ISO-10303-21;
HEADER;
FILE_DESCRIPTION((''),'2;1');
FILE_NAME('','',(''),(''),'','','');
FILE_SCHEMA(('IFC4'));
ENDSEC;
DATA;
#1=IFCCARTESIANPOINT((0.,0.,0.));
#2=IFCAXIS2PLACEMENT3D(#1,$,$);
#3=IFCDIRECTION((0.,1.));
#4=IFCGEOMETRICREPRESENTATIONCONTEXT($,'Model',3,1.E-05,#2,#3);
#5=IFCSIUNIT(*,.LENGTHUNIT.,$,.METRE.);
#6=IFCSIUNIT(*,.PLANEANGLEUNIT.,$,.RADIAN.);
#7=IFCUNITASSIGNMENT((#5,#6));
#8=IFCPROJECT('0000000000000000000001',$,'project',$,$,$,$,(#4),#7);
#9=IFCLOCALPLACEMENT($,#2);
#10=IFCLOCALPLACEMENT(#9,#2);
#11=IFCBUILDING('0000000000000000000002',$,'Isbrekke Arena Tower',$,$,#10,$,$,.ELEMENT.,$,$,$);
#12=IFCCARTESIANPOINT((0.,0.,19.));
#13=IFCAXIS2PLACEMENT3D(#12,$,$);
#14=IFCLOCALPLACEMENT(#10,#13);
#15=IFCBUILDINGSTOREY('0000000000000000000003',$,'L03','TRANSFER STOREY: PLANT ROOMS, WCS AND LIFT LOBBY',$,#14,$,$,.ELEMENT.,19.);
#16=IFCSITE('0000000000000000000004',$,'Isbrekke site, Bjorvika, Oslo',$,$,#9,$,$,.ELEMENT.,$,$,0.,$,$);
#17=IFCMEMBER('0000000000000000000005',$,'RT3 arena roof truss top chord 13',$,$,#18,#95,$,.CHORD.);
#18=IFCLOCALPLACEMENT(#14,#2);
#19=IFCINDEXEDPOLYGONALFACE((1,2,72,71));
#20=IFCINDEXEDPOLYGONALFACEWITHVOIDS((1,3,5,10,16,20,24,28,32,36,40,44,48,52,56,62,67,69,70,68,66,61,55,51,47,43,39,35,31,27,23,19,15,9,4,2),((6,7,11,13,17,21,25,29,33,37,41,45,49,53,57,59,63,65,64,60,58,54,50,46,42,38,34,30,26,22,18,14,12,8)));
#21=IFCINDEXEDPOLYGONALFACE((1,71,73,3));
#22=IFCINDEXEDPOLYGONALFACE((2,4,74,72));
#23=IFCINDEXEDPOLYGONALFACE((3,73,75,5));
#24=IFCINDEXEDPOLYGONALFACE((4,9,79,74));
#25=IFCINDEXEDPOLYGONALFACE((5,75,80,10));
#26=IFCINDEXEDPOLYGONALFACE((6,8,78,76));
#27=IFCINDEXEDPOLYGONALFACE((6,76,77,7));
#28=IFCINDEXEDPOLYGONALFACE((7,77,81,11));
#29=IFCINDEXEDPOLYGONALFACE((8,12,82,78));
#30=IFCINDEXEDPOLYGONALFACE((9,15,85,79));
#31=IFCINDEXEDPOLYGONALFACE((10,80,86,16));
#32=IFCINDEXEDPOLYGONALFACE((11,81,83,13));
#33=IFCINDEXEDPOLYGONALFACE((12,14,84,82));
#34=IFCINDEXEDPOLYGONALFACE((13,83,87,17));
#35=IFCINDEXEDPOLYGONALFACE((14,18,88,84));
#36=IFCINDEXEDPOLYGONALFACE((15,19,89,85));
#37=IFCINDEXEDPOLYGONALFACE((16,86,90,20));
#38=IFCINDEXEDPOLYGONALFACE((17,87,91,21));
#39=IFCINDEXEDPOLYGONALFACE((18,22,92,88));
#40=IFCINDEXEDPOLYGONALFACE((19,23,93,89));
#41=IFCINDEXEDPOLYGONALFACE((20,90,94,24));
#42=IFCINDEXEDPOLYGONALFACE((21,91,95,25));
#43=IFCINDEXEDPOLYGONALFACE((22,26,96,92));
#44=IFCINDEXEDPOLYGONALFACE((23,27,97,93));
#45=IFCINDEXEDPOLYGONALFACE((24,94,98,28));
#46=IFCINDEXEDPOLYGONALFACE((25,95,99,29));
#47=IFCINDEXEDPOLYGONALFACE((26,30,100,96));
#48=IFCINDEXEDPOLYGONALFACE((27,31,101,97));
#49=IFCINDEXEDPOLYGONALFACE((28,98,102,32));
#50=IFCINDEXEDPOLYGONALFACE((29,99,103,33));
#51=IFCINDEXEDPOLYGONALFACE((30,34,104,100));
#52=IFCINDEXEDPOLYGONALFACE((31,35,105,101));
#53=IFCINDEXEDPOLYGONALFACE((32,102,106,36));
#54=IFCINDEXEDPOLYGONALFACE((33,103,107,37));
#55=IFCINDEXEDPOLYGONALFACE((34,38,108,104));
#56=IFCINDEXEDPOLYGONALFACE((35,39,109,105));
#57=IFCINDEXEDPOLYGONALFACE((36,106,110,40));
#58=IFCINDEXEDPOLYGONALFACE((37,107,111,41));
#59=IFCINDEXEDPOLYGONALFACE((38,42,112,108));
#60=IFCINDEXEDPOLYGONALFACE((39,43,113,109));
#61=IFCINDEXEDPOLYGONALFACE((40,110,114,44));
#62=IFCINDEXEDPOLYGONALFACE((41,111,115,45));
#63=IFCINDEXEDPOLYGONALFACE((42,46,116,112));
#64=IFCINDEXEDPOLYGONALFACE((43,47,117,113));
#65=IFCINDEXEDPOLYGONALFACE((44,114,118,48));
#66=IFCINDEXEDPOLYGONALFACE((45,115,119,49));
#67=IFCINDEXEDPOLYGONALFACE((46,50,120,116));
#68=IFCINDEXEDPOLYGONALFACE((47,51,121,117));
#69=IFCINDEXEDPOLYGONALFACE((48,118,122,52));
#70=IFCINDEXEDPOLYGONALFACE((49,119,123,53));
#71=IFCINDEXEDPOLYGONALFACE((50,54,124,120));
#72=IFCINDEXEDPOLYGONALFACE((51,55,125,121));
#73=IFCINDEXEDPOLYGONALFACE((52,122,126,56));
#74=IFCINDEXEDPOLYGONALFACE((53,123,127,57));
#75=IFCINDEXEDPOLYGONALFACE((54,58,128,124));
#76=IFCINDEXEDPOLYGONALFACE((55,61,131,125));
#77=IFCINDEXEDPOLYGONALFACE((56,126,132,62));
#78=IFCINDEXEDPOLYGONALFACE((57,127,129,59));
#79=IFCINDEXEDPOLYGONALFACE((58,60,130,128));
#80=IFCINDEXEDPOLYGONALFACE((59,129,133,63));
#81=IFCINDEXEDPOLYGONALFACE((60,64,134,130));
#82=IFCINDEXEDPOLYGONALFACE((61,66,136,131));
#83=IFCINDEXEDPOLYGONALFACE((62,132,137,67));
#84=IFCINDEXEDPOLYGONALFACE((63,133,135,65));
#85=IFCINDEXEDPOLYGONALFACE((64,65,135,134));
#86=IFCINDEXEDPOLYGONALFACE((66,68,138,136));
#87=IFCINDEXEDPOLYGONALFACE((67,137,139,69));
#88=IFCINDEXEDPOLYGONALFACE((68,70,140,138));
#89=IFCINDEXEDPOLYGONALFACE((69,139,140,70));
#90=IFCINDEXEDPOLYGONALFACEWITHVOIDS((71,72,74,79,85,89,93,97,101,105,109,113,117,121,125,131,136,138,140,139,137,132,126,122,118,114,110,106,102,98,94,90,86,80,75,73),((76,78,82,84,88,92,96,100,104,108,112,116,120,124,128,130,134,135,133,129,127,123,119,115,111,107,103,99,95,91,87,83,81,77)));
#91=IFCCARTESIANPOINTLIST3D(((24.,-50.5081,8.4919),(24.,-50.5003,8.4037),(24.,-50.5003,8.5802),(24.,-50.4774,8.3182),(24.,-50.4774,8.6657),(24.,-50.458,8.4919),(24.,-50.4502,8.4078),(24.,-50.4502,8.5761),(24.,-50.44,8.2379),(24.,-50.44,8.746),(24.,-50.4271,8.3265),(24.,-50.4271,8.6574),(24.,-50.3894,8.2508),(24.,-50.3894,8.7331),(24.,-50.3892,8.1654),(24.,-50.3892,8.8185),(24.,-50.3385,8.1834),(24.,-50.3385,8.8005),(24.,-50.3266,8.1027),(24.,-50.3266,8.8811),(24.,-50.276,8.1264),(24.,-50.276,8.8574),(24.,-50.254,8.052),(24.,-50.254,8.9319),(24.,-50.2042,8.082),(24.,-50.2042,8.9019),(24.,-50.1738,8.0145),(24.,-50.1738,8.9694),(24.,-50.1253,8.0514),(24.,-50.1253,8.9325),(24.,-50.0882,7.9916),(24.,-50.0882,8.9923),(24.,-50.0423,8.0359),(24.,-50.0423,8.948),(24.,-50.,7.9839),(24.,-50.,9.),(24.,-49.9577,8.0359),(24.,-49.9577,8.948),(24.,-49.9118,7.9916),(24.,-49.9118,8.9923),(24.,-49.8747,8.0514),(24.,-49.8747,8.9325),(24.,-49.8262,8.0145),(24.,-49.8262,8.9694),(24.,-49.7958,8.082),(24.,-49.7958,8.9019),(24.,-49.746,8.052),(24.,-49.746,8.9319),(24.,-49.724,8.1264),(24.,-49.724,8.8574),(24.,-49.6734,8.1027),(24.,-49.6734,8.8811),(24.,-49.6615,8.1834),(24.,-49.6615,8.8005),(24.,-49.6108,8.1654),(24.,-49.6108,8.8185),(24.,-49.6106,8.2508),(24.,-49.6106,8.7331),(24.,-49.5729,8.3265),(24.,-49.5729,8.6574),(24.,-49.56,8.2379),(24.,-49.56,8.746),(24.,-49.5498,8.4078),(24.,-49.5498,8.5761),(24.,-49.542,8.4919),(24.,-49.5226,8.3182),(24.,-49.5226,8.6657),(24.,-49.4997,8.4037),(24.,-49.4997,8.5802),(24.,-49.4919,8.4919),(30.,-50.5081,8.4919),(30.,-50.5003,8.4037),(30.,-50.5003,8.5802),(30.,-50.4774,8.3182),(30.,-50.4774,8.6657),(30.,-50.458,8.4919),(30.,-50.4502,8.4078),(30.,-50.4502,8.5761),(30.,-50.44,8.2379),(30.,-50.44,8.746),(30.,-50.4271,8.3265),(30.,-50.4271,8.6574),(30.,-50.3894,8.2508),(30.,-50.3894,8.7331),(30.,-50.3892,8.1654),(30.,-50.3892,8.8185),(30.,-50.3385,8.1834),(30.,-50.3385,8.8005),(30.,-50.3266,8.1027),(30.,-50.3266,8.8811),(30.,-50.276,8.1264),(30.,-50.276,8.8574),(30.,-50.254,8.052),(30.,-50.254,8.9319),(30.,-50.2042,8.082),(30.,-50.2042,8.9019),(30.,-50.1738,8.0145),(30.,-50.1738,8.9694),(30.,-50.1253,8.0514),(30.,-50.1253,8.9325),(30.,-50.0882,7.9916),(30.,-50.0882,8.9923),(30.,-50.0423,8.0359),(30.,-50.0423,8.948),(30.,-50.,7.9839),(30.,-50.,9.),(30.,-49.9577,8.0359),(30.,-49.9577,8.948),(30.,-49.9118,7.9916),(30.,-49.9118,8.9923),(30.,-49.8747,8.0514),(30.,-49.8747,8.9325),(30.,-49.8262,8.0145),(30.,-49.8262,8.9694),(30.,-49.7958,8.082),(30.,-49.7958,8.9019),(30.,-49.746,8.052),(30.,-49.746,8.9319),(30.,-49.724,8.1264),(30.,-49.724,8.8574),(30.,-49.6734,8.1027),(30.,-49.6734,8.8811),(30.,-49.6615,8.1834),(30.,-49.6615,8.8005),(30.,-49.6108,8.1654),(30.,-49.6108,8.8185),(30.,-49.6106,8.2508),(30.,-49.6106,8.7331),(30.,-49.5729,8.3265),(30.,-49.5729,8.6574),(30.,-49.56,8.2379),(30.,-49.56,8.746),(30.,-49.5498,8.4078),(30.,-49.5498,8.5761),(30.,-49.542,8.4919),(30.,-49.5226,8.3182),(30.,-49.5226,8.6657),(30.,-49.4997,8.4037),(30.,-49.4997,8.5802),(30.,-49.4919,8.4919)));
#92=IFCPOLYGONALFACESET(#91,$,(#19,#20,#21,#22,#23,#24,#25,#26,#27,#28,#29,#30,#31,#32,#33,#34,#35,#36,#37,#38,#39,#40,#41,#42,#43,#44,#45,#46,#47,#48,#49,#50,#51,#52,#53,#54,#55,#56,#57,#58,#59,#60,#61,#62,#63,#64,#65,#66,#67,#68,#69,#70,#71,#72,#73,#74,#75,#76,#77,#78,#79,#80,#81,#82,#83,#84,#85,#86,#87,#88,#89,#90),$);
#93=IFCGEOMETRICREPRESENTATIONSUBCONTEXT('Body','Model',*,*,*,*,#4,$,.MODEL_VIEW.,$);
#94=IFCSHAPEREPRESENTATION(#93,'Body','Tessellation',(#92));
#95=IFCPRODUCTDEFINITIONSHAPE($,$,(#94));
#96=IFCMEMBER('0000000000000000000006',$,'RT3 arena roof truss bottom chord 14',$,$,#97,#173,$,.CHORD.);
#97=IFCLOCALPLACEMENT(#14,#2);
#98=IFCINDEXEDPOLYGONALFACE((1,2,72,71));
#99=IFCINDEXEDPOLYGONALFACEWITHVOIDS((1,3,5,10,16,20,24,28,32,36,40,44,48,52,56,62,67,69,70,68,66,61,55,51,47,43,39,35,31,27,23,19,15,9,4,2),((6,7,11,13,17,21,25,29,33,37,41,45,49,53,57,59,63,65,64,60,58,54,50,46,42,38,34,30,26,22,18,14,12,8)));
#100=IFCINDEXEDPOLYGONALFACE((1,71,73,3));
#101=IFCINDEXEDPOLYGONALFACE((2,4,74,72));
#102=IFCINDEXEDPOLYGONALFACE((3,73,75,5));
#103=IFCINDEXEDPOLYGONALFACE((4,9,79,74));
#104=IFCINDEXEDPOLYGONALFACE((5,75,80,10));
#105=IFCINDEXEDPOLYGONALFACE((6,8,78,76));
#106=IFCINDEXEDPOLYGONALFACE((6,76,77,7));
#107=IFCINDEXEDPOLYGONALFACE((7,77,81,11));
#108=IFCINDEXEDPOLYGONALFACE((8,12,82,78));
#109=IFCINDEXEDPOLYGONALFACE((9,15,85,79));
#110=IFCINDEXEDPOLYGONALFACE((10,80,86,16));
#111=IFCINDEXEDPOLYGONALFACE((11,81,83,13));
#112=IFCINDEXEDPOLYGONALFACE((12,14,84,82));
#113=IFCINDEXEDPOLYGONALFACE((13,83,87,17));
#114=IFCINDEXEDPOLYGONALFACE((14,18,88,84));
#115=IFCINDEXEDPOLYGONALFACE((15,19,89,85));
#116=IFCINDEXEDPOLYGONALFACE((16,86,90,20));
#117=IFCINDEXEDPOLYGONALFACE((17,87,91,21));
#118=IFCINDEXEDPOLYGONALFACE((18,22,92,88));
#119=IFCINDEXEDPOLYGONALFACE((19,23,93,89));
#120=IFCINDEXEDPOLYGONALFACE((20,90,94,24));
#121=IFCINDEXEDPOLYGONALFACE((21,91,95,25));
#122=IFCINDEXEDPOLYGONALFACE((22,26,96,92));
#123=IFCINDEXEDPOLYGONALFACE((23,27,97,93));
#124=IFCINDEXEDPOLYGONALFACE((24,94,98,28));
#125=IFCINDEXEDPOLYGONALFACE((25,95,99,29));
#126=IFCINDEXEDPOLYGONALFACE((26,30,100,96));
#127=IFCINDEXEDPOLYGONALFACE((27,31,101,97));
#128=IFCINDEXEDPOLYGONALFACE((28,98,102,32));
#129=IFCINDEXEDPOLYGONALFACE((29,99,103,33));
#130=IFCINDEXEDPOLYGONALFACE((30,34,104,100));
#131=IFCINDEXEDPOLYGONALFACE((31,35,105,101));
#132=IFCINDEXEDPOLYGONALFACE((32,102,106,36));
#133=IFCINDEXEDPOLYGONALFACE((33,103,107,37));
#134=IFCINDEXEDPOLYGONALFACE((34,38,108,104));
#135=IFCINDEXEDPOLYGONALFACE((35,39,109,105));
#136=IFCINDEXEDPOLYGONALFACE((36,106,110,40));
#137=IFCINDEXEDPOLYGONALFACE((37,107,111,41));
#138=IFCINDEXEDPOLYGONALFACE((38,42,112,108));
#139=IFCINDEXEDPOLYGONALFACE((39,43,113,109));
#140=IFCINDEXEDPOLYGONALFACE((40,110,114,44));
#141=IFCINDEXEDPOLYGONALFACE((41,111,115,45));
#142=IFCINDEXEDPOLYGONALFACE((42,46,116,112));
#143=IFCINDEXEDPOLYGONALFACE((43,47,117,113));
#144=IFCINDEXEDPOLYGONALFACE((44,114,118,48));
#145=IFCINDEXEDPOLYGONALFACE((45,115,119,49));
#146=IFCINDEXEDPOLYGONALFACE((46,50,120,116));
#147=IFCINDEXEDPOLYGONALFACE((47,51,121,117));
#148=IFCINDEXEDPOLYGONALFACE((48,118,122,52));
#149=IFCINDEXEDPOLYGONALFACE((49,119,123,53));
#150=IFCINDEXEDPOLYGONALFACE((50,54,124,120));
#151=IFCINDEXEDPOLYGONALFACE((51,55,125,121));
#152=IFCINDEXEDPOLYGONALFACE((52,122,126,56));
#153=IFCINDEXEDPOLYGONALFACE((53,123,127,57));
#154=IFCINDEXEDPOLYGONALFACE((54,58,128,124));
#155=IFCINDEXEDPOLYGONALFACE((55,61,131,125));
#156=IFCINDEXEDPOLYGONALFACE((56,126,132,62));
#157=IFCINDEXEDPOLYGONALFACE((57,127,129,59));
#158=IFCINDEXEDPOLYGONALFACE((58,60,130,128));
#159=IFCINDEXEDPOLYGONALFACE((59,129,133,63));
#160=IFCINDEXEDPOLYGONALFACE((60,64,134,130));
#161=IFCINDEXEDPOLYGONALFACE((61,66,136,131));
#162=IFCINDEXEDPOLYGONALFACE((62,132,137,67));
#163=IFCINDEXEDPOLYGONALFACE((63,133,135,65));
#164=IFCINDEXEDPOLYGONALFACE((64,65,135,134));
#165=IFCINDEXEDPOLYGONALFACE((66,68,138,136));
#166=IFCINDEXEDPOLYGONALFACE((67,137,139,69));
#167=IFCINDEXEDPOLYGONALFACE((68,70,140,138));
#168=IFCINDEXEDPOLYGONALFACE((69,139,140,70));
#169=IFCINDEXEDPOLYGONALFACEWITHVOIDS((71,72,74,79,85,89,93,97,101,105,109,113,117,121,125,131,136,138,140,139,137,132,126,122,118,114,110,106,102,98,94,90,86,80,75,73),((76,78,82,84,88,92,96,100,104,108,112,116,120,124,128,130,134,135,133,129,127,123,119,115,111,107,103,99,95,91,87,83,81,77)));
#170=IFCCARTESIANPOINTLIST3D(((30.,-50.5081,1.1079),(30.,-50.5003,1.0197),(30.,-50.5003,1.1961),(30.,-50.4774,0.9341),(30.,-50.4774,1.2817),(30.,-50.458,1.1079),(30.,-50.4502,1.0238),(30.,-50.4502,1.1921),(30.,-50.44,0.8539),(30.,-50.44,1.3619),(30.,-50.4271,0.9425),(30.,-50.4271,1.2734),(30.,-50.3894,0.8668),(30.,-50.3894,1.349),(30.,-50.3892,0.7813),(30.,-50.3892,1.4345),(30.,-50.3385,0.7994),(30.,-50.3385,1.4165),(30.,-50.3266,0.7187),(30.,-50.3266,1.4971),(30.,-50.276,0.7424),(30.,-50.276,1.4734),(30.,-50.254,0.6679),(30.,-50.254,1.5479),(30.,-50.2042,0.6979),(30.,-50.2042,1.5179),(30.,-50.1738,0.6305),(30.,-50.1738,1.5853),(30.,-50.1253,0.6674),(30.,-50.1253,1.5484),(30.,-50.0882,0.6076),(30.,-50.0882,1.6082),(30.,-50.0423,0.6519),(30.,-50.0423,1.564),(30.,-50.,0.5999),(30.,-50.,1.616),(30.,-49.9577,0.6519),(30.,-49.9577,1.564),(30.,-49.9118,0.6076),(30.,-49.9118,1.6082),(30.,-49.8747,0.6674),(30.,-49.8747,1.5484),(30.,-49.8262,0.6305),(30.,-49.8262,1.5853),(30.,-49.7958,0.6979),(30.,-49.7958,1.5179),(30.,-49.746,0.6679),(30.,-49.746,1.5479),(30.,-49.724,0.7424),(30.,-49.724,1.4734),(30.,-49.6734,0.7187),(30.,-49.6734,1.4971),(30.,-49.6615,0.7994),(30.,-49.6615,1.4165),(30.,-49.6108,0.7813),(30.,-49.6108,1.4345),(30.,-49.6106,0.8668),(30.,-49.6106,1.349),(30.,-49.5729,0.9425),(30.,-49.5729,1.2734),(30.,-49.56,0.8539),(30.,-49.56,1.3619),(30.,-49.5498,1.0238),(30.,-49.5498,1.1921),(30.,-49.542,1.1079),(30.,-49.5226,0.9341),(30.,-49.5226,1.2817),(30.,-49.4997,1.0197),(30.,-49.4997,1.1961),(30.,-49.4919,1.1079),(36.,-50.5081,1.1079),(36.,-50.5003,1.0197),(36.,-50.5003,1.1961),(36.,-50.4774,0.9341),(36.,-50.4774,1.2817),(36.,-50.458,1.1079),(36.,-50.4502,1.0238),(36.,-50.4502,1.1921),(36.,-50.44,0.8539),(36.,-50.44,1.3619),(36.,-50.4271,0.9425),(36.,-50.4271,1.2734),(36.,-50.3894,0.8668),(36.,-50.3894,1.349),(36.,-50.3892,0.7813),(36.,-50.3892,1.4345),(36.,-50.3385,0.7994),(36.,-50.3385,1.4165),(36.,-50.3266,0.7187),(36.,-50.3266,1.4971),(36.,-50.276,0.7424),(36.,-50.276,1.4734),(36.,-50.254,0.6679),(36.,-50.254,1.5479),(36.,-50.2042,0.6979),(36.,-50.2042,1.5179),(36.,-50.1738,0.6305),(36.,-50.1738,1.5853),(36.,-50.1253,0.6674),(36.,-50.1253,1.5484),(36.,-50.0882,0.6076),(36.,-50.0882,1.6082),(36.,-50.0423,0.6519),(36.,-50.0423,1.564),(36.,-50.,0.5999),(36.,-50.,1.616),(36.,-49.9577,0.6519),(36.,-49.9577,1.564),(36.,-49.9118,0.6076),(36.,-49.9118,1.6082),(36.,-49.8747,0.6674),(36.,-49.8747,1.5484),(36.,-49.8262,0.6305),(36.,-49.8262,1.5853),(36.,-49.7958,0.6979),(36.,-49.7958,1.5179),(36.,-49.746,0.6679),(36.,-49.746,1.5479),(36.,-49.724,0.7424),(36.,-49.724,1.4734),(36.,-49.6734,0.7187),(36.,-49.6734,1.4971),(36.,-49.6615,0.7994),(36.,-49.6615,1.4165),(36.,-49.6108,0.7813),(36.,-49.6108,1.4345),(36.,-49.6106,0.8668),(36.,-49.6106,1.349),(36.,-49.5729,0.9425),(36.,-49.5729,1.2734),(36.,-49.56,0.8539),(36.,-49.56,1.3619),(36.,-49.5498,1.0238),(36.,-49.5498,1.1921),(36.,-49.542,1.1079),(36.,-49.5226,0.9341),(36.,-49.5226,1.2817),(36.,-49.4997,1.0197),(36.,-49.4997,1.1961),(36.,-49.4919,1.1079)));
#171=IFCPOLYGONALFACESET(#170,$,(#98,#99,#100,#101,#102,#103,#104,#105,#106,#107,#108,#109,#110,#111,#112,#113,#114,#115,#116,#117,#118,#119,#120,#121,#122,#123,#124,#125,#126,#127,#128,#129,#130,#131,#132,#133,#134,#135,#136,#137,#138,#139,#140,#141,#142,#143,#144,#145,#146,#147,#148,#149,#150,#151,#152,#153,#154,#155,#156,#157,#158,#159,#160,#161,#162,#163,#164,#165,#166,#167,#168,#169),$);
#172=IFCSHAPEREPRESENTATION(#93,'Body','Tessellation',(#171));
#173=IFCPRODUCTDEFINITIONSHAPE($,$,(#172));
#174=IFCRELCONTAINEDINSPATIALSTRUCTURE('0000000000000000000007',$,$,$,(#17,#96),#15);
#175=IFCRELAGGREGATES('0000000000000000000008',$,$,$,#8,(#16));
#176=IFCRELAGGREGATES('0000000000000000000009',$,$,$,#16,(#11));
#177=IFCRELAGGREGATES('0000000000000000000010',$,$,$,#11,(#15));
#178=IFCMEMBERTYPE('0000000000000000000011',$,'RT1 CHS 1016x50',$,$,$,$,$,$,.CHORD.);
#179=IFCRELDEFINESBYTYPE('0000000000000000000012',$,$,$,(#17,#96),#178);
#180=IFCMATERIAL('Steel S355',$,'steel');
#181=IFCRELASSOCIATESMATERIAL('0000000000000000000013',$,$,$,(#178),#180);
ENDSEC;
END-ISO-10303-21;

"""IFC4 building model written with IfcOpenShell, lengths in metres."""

from ifc_helpers import new_model, si_unit, direction, frame, origin, origin_2d, place, context, subcontext, project, spatial, hollow_circle, extrude, material, material_profile, profile_set, type_object, element, save


model = new_model("IFC4")

# Units and contexts
model_context = context("Model", 3, precision=1e-05, world=origin(), true_north=direction((0.0, 1.0)))
body_context = subcontext(model_context, "Body", "Model", "MODEL_VIEW")
ifc_project = project(units=[si_unit("LENGTHUNIT", "METRE"), si_unit("PLANEANGLEUNIT", "RADIAN")], contexts=[model_context])

# Site, building, storey
site_placement = place(None, origin())
site = spatial("IfcSite", under=ifc_project, at=site_placement, Name="Isbrekke site, Bjorvika, Oslo", CompositionType="ELEMENT", RefElevation=0.0)
building_placement = place(site_placement, origin())
building = spatial("IfcBuilding", under=site, at=building_placement, Name="Isbrekke Arena Tower", CompositionType="ELEMENT")
storey_placement = place(building_placement, frame((0.0, 0.0, 19.0)))
storey = spatial("IfcBuildingStorey", under=building, at=storey_placement, Name="L03", Description="TRANSFER STOREY: PLANT ROOMS, WCS AND LIFT LOBBY", CompositionType="ELEMENT", Elevation=19.0)

# Members
ifc_material_1 = material(Name="Steel S355", Category="steel")
ifc_material_profile_1 = material_profile(ifc_material_1, hollow_circle(Radius=0.5081, WallThickness=0.05, at=origin_2d()), Name="CHS 1016x50")
ifc_profile_set_1 = profile_set([ifc_material_profile_1], Name="Steel S355")
member_type_1 = type_object("IfcMemberType", Name="RT1 CHS 1016x50", PredefinedType="CHORD", material=ifc_profile_set_1)
for number, where, z_axis, x_axis, name in (
    (1, (24.0, -50.0, 8.4919), (1.0, 0.0, 0.0), (0.0, 1.0, 0.0), "RT3 arena roof truss top chord 13"),
    (2, (30.0, -50.0, 1.1079), (1.0, 0.0, 0.0), (0.0, 1.0, 0.0), "RT3 arena roof truss bottom chord 14"),
):
    element("IfcMember", number, at=place(storey_placement, frame(where, z_axis=z_axis, x_axis=x_axis)), inside=storey, type_object=member_type_1, Name=name, PredefinedType="CHORD", context=body_context, shape_type="SweptSolid", body=[
        extrude(hollow_circle(Radius=0.5081, WallThickness=0.05, at=origin_2d()), origin(), (0.0, 0.0, 1.0), 6.0),
    ])

save(model, "model.ifc")
